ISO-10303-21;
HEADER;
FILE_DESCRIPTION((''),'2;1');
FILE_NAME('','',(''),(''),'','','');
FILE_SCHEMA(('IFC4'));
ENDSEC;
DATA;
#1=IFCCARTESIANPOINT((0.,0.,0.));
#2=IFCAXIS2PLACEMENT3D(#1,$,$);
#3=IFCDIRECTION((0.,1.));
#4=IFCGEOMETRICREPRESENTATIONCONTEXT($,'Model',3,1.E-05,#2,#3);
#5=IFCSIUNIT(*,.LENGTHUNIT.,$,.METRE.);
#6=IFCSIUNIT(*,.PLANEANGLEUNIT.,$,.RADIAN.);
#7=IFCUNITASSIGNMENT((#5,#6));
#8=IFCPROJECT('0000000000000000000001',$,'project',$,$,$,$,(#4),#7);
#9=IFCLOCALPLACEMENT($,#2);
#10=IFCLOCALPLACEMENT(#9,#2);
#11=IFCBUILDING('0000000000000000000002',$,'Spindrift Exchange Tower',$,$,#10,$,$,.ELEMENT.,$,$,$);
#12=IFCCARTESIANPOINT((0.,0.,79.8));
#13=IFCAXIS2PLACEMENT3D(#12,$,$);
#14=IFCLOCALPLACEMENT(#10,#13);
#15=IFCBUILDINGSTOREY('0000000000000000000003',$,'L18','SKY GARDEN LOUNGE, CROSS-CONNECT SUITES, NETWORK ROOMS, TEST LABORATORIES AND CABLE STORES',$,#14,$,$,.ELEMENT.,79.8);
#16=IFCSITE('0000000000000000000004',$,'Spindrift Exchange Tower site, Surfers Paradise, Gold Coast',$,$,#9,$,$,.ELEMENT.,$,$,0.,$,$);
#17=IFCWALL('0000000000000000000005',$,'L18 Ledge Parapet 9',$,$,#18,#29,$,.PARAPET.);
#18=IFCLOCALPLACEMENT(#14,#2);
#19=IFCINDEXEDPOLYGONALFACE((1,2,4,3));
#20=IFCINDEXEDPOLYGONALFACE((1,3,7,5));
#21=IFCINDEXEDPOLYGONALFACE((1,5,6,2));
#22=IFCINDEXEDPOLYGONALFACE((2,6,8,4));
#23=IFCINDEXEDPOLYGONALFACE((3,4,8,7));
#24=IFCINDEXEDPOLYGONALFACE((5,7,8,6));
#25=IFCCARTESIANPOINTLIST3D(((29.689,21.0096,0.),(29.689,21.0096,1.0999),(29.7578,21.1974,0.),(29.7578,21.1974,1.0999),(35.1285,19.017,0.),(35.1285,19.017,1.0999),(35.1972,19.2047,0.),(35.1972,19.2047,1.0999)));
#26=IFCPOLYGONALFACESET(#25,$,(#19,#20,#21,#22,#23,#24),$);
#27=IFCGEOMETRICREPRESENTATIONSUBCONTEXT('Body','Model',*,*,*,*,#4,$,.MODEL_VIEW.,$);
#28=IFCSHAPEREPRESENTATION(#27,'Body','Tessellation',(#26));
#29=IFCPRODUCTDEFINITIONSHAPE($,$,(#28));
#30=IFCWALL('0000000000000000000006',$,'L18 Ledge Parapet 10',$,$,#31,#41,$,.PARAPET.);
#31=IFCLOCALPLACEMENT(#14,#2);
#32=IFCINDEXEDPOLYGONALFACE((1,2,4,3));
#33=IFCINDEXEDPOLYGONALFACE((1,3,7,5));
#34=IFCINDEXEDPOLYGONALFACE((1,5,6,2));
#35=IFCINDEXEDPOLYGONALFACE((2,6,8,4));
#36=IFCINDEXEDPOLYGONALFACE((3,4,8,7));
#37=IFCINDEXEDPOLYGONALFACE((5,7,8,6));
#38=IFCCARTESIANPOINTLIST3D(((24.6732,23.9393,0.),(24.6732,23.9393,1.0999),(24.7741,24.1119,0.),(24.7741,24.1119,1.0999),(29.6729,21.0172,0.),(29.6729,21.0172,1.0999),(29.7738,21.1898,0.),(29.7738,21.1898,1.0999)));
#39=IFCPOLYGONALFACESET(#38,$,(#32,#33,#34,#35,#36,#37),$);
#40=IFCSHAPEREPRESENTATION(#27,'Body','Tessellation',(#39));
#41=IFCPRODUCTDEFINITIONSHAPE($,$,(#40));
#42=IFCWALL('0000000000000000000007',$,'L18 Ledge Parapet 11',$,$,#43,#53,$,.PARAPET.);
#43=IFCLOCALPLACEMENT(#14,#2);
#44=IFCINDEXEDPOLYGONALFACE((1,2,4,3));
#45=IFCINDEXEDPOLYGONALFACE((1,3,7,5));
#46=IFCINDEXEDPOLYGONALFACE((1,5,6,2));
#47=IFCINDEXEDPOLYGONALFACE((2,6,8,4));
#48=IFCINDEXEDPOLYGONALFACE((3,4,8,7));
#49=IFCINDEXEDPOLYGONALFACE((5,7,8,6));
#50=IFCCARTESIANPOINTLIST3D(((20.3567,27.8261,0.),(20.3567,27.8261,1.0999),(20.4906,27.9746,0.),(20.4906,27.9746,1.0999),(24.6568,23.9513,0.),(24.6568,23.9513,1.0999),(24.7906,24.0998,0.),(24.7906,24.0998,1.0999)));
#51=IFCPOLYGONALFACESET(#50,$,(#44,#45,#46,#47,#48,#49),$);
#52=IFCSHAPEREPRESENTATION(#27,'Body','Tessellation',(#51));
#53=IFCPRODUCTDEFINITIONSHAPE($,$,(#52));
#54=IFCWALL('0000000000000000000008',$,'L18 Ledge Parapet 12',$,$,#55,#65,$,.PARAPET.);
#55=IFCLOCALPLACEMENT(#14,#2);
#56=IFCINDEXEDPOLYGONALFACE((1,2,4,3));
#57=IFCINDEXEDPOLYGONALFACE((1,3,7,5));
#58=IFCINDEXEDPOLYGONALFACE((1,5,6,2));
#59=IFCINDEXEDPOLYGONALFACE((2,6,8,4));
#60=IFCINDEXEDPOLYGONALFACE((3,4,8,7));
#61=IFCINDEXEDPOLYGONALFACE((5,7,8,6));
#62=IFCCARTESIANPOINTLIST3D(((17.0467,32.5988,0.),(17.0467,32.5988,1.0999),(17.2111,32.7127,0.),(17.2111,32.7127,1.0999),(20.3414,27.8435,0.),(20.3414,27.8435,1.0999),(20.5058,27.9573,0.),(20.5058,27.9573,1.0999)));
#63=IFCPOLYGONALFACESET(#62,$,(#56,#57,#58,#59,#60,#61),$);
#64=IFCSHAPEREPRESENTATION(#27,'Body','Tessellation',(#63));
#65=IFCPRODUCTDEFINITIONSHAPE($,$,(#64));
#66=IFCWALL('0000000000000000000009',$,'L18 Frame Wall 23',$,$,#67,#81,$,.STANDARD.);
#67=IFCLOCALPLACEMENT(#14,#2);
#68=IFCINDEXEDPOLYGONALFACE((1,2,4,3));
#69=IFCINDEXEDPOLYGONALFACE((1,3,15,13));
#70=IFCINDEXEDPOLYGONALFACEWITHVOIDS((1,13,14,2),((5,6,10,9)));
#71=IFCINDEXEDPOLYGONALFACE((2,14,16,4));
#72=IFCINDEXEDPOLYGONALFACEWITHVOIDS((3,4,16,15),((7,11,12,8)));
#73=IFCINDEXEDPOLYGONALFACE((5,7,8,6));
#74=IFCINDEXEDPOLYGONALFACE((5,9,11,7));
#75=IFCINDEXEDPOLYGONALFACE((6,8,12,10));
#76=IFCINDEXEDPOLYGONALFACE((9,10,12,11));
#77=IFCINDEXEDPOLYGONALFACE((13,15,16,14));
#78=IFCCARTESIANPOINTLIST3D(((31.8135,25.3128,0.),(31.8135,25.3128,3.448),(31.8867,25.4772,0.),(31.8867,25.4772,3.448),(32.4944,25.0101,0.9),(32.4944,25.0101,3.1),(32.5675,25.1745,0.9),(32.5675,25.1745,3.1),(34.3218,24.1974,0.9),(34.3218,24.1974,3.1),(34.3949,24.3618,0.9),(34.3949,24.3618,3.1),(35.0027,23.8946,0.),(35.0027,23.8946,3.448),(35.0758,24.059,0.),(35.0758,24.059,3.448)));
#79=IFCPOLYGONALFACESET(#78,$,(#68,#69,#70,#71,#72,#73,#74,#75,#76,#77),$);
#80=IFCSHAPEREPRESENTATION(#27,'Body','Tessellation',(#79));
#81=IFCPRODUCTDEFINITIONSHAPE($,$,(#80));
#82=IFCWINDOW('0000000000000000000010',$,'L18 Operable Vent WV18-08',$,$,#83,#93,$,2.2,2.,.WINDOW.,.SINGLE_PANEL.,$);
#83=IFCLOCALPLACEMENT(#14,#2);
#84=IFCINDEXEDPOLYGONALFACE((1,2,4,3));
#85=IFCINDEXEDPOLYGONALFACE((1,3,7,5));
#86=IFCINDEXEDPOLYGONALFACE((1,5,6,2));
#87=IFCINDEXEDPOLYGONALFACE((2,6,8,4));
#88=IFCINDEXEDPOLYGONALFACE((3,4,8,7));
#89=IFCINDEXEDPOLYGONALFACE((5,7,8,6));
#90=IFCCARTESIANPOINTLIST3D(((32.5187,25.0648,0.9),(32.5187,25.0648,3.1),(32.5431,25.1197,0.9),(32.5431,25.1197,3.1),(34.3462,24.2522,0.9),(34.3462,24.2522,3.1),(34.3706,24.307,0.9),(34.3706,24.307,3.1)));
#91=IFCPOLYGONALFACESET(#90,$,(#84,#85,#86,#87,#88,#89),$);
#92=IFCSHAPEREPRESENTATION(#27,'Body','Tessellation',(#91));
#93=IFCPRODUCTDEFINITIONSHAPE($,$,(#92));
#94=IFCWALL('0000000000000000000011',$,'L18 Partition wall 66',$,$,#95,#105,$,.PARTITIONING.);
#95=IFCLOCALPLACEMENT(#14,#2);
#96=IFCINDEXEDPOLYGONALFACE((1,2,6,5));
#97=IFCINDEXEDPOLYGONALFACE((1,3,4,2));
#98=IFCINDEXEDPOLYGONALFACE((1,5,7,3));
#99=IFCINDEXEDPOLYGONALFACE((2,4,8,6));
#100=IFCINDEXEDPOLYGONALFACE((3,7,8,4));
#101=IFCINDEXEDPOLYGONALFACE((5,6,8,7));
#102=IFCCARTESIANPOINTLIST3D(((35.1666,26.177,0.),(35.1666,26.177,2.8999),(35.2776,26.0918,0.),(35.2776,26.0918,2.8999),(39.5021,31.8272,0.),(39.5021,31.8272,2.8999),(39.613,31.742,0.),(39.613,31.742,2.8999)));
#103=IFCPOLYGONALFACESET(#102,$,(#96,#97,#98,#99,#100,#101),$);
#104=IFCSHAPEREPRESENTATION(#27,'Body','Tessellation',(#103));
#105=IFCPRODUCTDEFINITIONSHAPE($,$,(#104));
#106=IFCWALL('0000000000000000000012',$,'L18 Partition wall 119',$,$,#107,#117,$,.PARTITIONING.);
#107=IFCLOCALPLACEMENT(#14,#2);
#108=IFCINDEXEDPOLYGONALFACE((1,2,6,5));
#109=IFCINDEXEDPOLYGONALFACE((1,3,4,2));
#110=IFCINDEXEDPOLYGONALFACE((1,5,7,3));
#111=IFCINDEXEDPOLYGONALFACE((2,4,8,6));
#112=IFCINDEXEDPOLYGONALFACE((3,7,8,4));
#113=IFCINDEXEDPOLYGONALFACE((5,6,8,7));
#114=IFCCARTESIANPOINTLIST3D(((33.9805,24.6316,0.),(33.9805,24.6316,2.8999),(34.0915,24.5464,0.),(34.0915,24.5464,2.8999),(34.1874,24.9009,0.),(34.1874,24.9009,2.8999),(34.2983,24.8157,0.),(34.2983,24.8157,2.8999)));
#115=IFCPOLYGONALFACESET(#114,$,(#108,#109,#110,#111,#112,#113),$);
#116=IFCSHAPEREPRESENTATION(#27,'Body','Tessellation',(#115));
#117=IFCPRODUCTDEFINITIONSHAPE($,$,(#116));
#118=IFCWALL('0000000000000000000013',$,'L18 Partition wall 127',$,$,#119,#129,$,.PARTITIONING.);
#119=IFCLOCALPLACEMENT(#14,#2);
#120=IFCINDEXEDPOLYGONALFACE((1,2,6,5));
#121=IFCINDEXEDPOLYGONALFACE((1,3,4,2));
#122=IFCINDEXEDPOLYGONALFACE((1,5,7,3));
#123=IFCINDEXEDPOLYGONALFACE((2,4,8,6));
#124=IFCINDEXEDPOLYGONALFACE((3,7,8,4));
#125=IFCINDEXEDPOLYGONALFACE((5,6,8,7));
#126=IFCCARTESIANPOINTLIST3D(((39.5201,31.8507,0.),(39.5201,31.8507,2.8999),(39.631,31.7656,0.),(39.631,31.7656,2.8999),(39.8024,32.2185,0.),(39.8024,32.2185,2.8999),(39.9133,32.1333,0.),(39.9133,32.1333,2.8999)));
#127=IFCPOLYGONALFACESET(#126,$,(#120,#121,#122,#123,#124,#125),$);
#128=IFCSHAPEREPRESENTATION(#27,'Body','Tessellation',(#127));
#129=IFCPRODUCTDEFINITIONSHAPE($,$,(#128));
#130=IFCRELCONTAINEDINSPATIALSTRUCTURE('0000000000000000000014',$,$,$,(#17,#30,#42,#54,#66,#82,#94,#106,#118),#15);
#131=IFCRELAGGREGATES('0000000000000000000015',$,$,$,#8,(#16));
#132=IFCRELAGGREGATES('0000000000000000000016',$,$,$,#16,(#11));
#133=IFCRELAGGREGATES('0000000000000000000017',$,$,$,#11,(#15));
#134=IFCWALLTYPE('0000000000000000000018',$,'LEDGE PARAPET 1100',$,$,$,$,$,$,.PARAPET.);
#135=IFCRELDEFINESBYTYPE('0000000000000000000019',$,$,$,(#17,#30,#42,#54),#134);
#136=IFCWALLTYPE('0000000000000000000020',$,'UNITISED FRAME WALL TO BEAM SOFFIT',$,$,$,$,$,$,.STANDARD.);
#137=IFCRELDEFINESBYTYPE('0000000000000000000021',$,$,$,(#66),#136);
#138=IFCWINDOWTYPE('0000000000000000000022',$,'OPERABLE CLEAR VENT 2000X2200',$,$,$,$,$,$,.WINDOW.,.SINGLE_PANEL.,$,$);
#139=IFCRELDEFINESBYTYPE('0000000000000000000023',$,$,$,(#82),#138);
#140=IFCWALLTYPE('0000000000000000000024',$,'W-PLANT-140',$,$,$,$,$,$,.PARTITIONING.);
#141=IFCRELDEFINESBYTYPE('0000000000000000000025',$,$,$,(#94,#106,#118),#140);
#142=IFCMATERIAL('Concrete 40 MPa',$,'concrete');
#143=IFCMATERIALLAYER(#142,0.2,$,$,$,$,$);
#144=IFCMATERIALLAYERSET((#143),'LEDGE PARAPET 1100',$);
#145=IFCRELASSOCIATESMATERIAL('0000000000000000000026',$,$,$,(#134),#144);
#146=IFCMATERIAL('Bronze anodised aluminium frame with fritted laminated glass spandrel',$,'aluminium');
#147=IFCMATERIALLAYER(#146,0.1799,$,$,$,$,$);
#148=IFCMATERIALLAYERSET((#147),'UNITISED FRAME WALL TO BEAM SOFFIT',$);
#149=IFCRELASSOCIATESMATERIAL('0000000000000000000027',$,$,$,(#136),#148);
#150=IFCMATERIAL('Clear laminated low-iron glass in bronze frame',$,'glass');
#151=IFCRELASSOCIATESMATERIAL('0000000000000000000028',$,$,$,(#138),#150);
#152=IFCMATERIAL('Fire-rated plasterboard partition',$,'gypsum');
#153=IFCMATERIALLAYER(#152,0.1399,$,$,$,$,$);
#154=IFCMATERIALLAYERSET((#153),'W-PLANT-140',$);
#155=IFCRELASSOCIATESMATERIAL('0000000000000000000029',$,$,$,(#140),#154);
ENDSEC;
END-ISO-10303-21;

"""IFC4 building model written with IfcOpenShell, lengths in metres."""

from ifc_helpers import new_model, si_unit, direction, frame, frame_2d, origin, place, context, subcontext, project, spatial, rectangle, extrude, source, transform, mapped, material, layer, layer_set, type_object, element, fill, save


model = new_model("IFC4")

# Units and contexts
model_context = context("Model", 3, precision=1e-05, world=origin(), true_north=direction((0.0, 1.0)))
body_context = subcontext(model_context, "Body", "Model", "MODEL_VIEW")
ifc_project = project(units=[si_unit("LENGTHUNIT", "METRE"), si_unit("PLANEANGLEUNIT", "RADIAN")], contexts=[model_context])

# Site, building, storey
site_placement = place(None, origin())
site = spatial("IfcSite", under=ifc_project, at=site_placement, Name="Spindrift Exchange Tower site, Surfers Paradise, Gold Coast", CompositionType="ELEMENT", RefElevation=0.0)
building_placement = place(site_placement, origin())
building = spatial("IfcBuilding", under=site, at=building_placement, Name="Spindrift Exchange Tower", CompositionType="ELEMENT")
storey_placement = place(building_placement, frame((0.0, 0.0, 79.8)))
storey = spatial("IfcBuildingStorey", under=building, at=storey_placement, Name="L18", Description="SKY GARDEN LOUNGE, CROSS-CONNECT SUITES, NETWORK ROOMS, TEST LABORATORIES AND CABLE STORES", CompositionType="ELEMENT", Elevation=79.8)

# Shared definitions
ifc_material_1 = material(Name="Concrete 40 MPa", Category="concrete")

# Walls
ifc_layer_1 = layer(ifc_material_1, 0.2)
ifc_layer_set_1 = layer_set([ifc_layer_1], Name="LEDGE PARAPET 1100")
wall_type_1 = type_object("IfcWallType", Name="LEDGE PARAPET 1100", PredefinedType="PARAPET", material=ifc_layer_set_1)
wall_1_placement = place(storey_placement, frame((35.1628, 19.1108, 0.0), z_axis=(0.0, 0.0, 1.0), x_axis=(-0.938976, 0.343982, 0.0)))
element("IfcWall", 1, at=wall_1_placement, inside=storey, type_object=wall_type_1, Name="L18 Ledge Parapet 9", PredefinedType="PARAPET", context=body_context, shape_type="SweptSolid", body=[
    extrude(rectangle(XDim=5.793, YDim=0.2, at=frame_2d((2.8965, 0.0))), origin(), (0.0, 0.0, 1.0), 1.0999),
])
wall_2_placement = place(storey_placement, frame((29.7234, 21.1035, 0.0), z_axis=(0.0, 0.0, 1.0), x_axis=(-0.863358, 0.504592, 0.0)))
element("IfcWall", 2, at=wall_2_placement, inside=storey, type_object=wall_type_1, Name="L18 Ledge Parapet 10", PredefinedType="PARAPET", context=body_context, shape_type="SweptSolid", body=[
    extrude(rectangle(XDim=5.791, YDim=0.2, at=frame_2d((2.8955, 0.0))), origin(), (0.0, 0.0, 1.0), 1.0999),
])
wall_3_placement = place(storey_placement, frame((24.7236, 24.0256, 0.0), z_axis=(0.0, 0.0, 1.0), x_axis=(-0.742889, 0.669414, 0.0)))
element("IfcWall", 3, at=wall_3_placement, inside=storey, type_object=wall_type_1, Name="L18 Ledge Parapet 11", PredefinedType="PARAPET", context=body_context, shape_type="SweptSolid", body=[
    extrude(rectangle(XDim=5.7883, YDim=0.2, at=frame_2d((2.894, 0.0))), origin(), (0.0, 0.0, 1.0), 1.0999),
])
wall_4_placement = place(storey_placement, frame((20.4236, 27.9004, 0.0), z_axis=(0.0, 0.0, 1.0), x_axis=(-0.569502, 0.82199, 0.0)))
element("IfcWall", 4, at=wall_4_placement, inside=storey, type_object=wall_type_1, Name="L18 Ledge Parapet 12", PredefinedType="PARAPET", context=body_context, shape_type="SweptSolid", body=[
    extrude(rectangle(XDim=5.7852, YDim=0.2, at=frame_2d((2.8926, 0.0))), origin(), (0.0, 0.0, 1.0), 1.0999),
])

# Wall, opening, window
ifc_material_2 = material(Name="Bronze anodised aluminium frame with fritted laminated glass spandrel", Category="aluminium")
ifc_layer_2 = layer(ifc_material_2, 0.1799)
ifc_layer_set_2 = layer_set([ifc_layer_2], Name="UNITISED FRAME WALL TO BEAM SOFFIT")
wall_type_2 = type_object("IfcWallType", Name="UNITISED FRAME WALL TO BEAM SOFFIT", PredefinedType="STANDARD", material=ifc_layer_set_2)
wall_5_placement = place(storey_placement, frame((31.8501, 25.395, 0.0), z_axis=(0.0, 0.0, 1.0), x_axis=(0.913728, -0.406327, 0.0)))
wall_5 = element("IfcWall", 5, at=wall_5_placement, inside=storey, type_object=wall_type_2, Name="L18 Frame Wall 23", PredefinedType="STANDARD", context=body_context, shape_type="SweptSolid", body=[
    extrude(rectangle(XDim=3.4902, YDim=0.1799, at=frame_2d((1.7451, 0.0))), origin(), (0.0, 0.0, 1.0), 3.448),
])
opening_placement = place(wall_5_placement, frame((0.7451, 0.0, 0.8999)))
opening = element("IfcOpeningElement", 6, at=opening_placement, cuts=wall_5, PredefinedType="OPENING", context=body_context, shape_type="SweptSolid", body=[
    extrude(rectangle(XDim=2.0, YDim=2.2, at=frame_2d((1.0, 1.1001))), frame((0.0, 0.0999, 0.0), z_axis=(0.0, -1.0, 0.0), x_axis=(1.0, 0.0, 0.0)), (0.0, 0.0, 1.0), 0.2),
])
ifc_material_3 = material(Name="Clear laminated low-iron glass in bronze frame", Category="glass")
window_type = type_object("IfcWindowType", Name="OPERABLE CLEAR VENT 2000X2200", PartitioningType="SINGLE_PANEL", PredefinedType="WINDOW", material=ifc_material_3)
shared_shape_1 = source(origin(), body_context, "Body", "SweptSolid", [
    extrude(rectangle(XDim=2.0, YDim=2.2, at=frame_2d((1.0, 1.1001))), frame((0.0, 0.03, 0.0), z_axis=(0.0, -1.0, 0.0), x_axis=(1.0, 0.0, 0.0)), (0.0, 0.0, 1.0), 0.0601),
])
window_placement = place(opening_placement, origin())
window = element("IfcWindow", 7, at=window_placement, inside=storey, type_object=window_type, Name="L18 Operable Vent WV18-08", OverallHeight=2.2, OverallWidth=2.0, PartitioningType="SINGLE_PANEL", PredefinedType="WINDOW", context=body_context, shape_type="MappedRepresentation", body=[
    mapped(shared_shape_1, transform((0.0, 0.0, 0.0), scale=1.0)),
])
fill(opening, window)

# Walls
ifc_material_4 = material(Name="Fire-rated plasterboard partition", Category="gypsum")
ifc_layer_3 = layer(ifc_material_4, 0.1399)
ifc_layer_set_3 = layer_set([ifc_layer_3], Name="W-PLANT-140")
wall_type_3 = type_object("IfcWallType", Name="W-PLANT-140", PredefinedType="PARTITIONING", material=ifc_layer_set_3)
wall_6_placement = place(storey_placement, frame((39.5576, 31.7847, 0.0), z_axis=(0.0, 0.0, 1.0), x_axis=(-0.608756, -0.793357, 0.0)))
element("IfcWall", 8, at=wall_6_placement, inside=storey, type_object=wall_type_3, Name="L18 Partition wall 66", PredefinedType="PARTITIONING", context=body_context, shape_type="SweptSolid", body=[
    extrude(rectangle(XDim=7.1218, YDim=0.1399, at=frame_2d((3.561, 0.0))), origin(), (0.0, 0.0, 1.0), 2.8999),
])
wall_7_placement = place(storey_placement, frame((34.2429, 24.8584, 0.0), z_axis=(0.0, 0.0, 1.0), x_axis=(-0.60905, -0.793132, 0.0)))
element("IfcWall", 9, at=wall_7_placement, inside=storey, type_object=wall_type_3, Name="L18 Partition wall 119", PredefinedType="PARTITIONING", context=body_context, shape_type="SweptSolid", body=[
    extrude(rectangle(XDim=0.3396, YDim=0.1399, at=frame_2d((0.1699, 0.0))), origin(), (0.0, 0.0, 1.0), 2.8999),
])
wall_8_placement = place(storey_placement, frame((39.8579, 32.176, 0.0), z_axis=(0.0, 0.0, 1.0), x_axis=(-0.608896, -0.79325, 0.0)))
element("IfcWall", 10, at=wall_8_placement, inside=storey, type_object=wall_type_3, Name="L18 Partition wall 127", PredefinedType="PARTITIONING", context=body_context, shape_type="SweptSolid", body=[
    extrude(rectangle(XDim=0.4636, YDim=0.1399, at=frame_2d((0.2319, 0.0))), origin(), (0.0, 0.0, 1.0), 2.8999),
])

save(model, "model.ifc")
